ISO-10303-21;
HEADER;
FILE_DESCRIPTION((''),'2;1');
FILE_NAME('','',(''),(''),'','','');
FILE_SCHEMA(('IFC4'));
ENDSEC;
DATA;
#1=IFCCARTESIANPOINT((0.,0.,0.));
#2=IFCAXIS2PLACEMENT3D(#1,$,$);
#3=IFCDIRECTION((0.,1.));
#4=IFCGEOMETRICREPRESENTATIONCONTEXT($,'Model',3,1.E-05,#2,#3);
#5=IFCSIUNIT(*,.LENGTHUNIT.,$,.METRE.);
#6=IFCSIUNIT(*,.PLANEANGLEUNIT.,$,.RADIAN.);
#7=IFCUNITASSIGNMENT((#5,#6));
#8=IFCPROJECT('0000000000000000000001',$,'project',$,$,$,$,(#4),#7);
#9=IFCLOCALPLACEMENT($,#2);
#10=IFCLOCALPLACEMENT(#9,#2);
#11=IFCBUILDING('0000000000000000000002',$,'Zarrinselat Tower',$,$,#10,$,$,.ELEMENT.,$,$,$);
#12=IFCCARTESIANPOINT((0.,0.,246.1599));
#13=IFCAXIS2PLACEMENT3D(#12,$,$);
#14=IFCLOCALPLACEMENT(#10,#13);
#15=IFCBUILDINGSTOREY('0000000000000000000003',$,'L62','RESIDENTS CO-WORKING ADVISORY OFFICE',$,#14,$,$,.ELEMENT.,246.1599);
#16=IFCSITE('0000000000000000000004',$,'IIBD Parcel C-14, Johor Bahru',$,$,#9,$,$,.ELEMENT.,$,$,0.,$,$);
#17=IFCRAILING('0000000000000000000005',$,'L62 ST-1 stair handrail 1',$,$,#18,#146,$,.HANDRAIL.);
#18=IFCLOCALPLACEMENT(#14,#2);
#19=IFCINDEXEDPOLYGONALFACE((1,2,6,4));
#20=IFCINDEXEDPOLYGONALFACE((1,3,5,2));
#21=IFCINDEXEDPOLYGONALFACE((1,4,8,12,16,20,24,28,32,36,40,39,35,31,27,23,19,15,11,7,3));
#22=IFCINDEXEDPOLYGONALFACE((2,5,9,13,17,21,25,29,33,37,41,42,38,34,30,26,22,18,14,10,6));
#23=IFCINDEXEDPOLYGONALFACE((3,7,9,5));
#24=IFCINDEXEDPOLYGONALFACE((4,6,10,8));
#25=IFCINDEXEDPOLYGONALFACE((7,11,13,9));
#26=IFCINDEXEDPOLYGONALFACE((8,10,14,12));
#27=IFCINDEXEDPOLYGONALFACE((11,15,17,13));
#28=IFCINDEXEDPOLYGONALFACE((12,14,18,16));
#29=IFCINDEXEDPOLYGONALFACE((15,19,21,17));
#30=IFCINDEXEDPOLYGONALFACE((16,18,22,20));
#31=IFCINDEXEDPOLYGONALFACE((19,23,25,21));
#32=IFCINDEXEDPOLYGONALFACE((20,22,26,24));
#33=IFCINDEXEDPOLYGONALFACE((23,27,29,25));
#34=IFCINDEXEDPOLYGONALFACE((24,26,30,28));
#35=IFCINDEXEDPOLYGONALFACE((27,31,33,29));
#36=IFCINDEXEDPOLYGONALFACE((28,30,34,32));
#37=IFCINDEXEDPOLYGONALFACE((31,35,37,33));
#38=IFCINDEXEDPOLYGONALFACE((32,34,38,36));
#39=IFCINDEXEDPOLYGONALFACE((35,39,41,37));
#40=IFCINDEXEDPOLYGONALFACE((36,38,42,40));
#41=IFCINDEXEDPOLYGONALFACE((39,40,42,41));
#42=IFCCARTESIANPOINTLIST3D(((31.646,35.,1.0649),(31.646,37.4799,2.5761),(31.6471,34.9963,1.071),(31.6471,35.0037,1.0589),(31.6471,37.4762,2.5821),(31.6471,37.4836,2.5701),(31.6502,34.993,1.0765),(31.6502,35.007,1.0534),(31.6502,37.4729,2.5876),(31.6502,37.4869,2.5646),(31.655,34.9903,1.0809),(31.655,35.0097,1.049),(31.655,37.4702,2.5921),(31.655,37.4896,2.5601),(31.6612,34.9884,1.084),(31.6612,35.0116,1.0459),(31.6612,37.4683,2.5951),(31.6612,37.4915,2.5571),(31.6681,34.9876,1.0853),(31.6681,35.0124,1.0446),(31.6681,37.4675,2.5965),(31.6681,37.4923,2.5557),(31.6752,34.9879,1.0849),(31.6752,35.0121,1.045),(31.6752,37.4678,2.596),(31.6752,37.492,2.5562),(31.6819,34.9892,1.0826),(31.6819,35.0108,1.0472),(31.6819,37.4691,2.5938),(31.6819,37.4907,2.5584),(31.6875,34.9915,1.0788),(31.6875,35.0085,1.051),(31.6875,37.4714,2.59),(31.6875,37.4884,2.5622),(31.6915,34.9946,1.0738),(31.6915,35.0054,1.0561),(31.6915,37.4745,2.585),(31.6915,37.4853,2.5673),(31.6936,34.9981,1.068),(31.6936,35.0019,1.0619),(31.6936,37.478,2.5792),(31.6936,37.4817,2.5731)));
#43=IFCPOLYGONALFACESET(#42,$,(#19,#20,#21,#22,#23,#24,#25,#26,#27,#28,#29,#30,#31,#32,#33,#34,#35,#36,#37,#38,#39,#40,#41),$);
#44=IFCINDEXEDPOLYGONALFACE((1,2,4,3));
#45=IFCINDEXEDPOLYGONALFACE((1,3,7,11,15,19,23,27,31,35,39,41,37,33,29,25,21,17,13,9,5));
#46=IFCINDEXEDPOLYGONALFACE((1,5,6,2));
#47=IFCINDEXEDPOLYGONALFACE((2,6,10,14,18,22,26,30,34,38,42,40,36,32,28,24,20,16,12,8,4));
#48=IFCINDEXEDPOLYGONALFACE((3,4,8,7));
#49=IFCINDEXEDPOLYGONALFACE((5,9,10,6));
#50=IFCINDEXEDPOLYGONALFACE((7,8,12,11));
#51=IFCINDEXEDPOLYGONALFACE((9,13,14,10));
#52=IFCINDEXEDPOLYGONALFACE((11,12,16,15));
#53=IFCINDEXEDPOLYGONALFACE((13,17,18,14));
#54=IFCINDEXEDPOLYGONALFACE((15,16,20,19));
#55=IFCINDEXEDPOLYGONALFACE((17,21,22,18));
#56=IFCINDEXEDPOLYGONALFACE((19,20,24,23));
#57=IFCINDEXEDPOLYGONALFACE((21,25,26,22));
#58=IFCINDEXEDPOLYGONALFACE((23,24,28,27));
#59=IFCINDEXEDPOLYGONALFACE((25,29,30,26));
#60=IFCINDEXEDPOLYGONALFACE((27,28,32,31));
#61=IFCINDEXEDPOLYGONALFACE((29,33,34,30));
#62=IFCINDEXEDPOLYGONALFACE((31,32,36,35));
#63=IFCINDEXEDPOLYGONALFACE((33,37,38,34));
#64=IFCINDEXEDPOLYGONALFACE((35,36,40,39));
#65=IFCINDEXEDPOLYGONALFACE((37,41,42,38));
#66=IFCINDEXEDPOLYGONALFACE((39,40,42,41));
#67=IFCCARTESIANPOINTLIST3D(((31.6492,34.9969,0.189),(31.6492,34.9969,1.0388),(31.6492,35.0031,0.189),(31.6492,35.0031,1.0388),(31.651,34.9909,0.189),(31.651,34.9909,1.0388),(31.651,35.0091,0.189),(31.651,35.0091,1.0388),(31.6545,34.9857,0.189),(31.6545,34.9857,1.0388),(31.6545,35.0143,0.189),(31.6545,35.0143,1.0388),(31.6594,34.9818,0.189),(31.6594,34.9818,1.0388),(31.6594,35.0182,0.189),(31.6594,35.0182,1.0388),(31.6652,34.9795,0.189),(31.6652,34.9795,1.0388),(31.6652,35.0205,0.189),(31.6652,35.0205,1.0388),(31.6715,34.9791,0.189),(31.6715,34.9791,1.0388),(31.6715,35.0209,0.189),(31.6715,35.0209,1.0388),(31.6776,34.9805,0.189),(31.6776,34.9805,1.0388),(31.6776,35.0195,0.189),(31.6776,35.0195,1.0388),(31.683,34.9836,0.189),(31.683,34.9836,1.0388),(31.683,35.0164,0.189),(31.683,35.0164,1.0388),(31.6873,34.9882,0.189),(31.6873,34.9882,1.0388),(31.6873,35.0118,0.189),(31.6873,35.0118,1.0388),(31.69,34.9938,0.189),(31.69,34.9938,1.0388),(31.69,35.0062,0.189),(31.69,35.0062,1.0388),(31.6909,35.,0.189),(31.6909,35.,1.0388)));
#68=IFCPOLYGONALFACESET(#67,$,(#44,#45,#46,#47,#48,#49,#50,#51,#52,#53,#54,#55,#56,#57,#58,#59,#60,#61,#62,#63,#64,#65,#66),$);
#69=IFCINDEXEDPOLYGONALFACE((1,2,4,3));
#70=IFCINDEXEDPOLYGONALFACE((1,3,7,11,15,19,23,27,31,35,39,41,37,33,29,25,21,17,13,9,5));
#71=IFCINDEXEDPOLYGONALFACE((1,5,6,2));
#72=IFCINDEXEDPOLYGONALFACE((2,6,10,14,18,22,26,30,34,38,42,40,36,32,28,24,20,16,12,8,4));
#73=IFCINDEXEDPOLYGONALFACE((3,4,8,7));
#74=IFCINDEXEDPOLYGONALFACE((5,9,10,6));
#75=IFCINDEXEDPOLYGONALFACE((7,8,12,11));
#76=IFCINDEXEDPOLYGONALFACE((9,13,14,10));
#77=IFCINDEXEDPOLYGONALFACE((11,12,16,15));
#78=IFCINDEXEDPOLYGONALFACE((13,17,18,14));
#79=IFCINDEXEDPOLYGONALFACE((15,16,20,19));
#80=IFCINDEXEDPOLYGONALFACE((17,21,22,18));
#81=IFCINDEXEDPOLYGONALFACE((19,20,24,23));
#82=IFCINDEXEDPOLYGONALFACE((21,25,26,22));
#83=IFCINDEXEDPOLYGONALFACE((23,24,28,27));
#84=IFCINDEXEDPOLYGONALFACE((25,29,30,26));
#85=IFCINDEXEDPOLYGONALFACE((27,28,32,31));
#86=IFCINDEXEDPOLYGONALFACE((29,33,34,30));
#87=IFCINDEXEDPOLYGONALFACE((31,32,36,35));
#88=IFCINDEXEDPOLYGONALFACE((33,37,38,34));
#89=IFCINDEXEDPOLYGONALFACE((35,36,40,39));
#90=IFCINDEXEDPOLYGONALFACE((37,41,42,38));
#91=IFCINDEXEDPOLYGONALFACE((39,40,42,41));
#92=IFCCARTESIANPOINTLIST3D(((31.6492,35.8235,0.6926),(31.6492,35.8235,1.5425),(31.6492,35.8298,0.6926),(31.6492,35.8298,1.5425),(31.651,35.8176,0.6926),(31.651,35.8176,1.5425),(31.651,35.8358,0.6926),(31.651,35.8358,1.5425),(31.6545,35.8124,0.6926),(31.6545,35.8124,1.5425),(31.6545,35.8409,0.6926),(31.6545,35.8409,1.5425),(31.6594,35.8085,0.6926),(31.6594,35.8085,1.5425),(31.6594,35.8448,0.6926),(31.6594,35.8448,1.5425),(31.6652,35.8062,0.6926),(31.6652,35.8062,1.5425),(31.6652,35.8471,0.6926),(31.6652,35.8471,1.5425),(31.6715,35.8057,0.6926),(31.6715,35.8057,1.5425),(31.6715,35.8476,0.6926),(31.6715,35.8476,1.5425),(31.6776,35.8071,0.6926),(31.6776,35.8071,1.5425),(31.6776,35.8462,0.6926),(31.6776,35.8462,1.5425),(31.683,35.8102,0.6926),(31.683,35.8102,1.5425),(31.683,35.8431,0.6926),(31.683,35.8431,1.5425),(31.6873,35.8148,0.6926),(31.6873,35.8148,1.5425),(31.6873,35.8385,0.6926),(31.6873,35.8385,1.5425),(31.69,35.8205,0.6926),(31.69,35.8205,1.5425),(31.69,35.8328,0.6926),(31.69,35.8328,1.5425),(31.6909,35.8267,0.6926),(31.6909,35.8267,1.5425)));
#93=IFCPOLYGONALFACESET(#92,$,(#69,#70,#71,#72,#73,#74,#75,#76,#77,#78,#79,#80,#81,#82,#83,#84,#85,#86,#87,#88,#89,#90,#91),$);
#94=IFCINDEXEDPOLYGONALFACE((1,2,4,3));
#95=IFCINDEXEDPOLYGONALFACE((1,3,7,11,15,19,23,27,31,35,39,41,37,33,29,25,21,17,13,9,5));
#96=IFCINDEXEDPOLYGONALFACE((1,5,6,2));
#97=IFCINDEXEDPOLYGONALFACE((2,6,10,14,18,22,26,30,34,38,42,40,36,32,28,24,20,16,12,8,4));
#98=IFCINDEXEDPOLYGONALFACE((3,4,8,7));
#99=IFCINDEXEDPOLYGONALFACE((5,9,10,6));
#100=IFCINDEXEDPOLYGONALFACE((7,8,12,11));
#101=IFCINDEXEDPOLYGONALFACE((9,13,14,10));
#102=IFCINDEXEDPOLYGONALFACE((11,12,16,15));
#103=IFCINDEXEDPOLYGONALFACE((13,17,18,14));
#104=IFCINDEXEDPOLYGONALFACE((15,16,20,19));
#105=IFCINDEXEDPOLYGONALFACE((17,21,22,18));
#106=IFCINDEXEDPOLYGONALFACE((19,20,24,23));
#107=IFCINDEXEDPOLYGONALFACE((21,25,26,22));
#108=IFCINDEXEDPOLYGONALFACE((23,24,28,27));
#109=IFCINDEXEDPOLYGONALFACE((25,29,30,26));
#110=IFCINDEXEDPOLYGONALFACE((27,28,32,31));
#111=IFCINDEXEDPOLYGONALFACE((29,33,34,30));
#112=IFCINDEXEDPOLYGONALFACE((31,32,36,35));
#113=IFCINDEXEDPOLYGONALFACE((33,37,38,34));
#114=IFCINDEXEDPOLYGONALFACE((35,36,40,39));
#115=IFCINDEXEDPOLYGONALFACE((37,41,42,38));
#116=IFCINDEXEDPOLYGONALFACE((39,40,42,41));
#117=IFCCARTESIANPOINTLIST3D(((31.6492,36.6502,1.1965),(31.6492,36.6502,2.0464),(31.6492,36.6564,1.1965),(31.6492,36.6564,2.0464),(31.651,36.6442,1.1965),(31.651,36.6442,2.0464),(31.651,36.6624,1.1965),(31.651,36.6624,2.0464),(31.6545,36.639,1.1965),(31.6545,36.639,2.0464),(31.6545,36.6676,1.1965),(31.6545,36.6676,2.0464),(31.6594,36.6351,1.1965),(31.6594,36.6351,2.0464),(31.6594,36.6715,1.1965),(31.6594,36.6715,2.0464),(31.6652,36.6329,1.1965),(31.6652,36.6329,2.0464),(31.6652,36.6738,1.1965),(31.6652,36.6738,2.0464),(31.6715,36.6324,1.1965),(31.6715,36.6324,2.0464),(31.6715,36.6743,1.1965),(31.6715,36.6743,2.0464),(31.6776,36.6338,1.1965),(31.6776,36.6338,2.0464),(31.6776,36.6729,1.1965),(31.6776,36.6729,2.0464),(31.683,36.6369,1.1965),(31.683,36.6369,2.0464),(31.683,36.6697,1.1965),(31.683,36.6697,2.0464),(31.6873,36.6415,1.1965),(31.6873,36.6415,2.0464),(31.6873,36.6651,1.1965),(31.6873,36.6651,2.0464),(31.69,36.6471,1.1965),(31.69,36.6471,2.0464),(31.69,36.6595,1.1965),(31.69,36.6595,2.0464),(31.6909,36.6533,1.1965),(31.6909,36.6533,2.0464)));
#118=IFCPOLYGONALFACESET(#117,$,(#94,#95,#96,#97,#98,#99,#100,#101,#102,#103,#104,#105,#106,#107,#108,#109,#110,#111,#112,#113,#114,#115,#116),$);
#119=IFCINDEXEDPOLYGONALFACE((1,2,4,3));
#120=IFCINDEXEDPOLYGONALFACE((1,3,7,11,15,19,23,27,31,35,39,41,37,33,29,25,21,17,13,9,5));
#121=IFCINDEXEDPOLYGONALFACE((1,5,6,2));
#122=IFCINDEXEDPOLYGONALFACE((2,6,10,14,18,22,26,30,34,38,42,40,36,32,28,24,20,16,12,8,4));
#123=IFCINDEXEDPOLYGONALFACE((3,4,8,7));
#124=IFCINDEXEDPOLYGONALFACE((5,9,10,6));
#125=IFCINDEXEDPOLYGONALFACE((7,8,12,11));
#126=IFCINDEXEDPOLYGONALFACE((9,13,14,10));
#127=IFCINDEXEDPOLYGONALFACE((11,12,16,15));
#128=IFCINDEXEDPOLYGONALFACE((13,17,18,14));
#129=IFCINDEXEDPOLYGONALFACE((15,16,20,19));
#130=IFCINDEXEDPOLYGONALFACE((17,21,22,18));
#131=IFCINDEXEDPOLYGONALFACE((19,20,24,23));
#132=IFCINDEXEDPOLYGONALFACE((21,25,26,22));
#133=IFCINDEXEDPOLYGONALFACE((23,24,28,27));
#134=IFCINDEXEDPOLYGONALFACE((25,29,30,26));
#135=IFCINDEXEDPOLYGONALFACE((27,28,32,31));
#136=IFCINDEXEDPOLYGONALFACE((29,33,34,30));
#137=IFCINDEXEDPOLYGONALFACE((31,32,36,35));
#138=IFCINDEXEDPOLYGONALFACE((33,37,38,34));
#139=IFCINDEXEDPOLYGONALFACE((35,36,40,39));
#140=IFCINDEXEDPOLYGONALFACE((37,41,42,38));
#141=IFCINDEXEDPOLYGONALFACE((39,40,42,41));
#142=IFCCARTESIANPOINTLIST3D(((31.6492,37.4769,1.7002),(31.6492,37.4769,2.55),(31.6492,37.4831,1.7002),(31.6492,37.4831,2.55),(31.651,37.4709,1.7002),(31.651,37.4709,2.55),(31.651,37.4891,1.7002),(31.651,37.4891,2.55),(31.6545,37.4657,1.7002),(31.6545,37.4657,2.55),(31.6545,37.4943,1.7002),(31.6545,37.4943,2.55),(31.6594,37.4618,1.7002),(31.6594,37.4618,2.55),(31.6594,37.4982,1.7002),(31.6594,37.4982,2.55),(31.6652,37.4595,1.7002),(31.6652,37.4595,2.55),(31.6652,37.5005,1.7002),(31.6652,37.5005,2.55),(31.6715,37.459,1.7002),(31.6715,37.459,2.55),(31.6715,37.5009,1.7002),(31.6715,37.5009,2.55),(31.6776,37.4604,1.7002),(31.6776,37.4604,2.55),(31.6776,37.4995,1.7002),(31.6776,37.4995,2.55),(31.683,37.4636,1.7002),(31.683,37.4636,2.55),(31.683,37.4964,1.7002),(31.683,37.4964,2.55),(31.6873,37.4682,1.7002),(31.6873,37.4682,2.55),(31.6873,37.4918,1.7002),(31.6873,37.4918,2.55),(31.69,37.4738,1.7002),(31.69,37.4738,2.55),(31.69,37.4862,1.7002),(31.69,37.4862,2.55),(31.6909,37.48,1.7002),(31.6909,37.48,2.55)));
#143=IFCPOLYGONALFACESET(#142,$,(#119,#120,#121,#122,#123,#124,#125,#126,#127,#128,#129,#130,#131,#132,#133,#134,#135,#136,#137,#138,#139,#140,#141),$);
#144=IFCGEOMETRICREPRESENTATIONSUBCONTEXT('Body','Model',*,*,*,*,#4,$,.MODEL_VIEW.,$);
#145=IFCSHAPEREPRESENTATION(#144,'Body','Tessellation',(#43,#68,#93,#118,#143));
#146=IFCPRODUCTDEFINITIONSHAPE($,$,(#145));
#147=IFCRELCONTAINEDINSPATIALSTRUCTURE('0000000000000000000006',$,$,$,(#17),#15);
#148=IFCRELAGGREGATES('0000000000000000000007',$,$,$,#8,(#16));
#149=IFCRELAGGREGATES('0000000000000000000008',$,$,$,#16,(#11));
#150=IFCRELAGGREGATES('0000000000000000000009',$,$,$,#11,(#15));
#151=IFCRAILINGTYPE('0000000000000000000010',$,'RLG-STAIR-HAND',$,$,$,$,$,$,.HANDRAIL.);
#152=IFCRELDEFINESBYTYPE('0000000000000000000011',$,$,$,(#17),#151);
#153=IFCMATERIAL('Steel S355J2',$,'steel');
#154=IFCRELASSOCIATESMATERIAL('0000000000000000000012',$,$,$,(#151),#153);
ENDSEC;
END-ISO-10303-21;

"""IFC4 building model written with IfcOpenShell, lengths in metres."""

from ifc_helpers import new_model, si_unit, direction, frame, origin, origin_2d, place, context, subcontext, project, spatial, circle, extrude, material, type_object, element, save


model = new_model("IFC4")

# Units and contexts
model_context = context("Model", 3, precision=1e-05, world=origin(), true_north=direction((0.0, 1.0)))
body_context = subcontext(model_context, "Body", "Model", "MODEL_VIEW")
ifc_project = project(units=[si_unit("LENGTHUNIT", "METRE"), si_unit("PLANEANGLEUNIT", "RADIAN")], contexts=[model_context])

# Site, building, storey
site_placement = place(None, origin())
site = spatial("IfcSite", under=ifc_project, at=site_placement, Name="IIBD Parcel C-14, Johor Bahru", CompositionType="ELEMENT", RefElevation=0.0)
building_placement = place(site_placement, origin())
building = spatial("IfcBuilding", under=site, at=building_placement, Name="Zarrinselat Tower", CompositionType="ELEMENT")
storey_placement = place(building_placement, frame((0.0, 0.0, 246.1599)))
storey = spatial("IfcBuildingStorey", under=building, at=storey_placement, Name="L62", Description="RESIDENTS CO-WORKING ADVISORY OFFICE", CompositionType="ELEMENT", Elevation=246.1599)

# Railing
ifc_material_1 = material(Name="Steel S355J2", Category="steel")
railing_type_1 = type_object("IfcRailingType", Name="RLG-STAIR-HAND", PredefinedType="HANDRAIL", material=ifc_material_1)
railing_1_placement = place(storey_placement, frame((31.6699, 35.0, 0.189)))
element("IfcRailing", 1, at=railing_1_placement, inside=storey, type_object=railing_type_1, Name="L62 ST-1 stair handrail 1", PredefinedType="HANDRAIL", context=body_context, shape_type="SweptSolid", body=[
    extrude(circle(Radius=0.0239, at=origin_2d()), frame((0.0, 0.0, 0.876), z_axis=(0.0, 0.853942, 0.520368), x_axis=(-1.0, 0.0, 0.0)), (0.0, 0.0, 1.0), 2.9041),
    extrude(circle(Radius=0.021, at=origin_2d()), origin(), (0.0, 0.0, 1.0), 0.8499),
    extrude(circle(Radius=0.021, at=origin_2d()), frame((0.0, 0.8267, 0.5037)), (0.0, 0.0, 1.0), 0.8499),
    extrude(circle(Radius=0.021, at=origin_2d()), frame((0.0, 1.6533, 1.0076)), (0.0, 0.0, 1.0), 0.8499),
    extrude(circle(Radius=0.021, at=origin_2d()), frame((0.0, 2.48, 1.5112)), (0.0, 0.0, 1.0), 0.8499),
])

save(model, "model.ifc")
